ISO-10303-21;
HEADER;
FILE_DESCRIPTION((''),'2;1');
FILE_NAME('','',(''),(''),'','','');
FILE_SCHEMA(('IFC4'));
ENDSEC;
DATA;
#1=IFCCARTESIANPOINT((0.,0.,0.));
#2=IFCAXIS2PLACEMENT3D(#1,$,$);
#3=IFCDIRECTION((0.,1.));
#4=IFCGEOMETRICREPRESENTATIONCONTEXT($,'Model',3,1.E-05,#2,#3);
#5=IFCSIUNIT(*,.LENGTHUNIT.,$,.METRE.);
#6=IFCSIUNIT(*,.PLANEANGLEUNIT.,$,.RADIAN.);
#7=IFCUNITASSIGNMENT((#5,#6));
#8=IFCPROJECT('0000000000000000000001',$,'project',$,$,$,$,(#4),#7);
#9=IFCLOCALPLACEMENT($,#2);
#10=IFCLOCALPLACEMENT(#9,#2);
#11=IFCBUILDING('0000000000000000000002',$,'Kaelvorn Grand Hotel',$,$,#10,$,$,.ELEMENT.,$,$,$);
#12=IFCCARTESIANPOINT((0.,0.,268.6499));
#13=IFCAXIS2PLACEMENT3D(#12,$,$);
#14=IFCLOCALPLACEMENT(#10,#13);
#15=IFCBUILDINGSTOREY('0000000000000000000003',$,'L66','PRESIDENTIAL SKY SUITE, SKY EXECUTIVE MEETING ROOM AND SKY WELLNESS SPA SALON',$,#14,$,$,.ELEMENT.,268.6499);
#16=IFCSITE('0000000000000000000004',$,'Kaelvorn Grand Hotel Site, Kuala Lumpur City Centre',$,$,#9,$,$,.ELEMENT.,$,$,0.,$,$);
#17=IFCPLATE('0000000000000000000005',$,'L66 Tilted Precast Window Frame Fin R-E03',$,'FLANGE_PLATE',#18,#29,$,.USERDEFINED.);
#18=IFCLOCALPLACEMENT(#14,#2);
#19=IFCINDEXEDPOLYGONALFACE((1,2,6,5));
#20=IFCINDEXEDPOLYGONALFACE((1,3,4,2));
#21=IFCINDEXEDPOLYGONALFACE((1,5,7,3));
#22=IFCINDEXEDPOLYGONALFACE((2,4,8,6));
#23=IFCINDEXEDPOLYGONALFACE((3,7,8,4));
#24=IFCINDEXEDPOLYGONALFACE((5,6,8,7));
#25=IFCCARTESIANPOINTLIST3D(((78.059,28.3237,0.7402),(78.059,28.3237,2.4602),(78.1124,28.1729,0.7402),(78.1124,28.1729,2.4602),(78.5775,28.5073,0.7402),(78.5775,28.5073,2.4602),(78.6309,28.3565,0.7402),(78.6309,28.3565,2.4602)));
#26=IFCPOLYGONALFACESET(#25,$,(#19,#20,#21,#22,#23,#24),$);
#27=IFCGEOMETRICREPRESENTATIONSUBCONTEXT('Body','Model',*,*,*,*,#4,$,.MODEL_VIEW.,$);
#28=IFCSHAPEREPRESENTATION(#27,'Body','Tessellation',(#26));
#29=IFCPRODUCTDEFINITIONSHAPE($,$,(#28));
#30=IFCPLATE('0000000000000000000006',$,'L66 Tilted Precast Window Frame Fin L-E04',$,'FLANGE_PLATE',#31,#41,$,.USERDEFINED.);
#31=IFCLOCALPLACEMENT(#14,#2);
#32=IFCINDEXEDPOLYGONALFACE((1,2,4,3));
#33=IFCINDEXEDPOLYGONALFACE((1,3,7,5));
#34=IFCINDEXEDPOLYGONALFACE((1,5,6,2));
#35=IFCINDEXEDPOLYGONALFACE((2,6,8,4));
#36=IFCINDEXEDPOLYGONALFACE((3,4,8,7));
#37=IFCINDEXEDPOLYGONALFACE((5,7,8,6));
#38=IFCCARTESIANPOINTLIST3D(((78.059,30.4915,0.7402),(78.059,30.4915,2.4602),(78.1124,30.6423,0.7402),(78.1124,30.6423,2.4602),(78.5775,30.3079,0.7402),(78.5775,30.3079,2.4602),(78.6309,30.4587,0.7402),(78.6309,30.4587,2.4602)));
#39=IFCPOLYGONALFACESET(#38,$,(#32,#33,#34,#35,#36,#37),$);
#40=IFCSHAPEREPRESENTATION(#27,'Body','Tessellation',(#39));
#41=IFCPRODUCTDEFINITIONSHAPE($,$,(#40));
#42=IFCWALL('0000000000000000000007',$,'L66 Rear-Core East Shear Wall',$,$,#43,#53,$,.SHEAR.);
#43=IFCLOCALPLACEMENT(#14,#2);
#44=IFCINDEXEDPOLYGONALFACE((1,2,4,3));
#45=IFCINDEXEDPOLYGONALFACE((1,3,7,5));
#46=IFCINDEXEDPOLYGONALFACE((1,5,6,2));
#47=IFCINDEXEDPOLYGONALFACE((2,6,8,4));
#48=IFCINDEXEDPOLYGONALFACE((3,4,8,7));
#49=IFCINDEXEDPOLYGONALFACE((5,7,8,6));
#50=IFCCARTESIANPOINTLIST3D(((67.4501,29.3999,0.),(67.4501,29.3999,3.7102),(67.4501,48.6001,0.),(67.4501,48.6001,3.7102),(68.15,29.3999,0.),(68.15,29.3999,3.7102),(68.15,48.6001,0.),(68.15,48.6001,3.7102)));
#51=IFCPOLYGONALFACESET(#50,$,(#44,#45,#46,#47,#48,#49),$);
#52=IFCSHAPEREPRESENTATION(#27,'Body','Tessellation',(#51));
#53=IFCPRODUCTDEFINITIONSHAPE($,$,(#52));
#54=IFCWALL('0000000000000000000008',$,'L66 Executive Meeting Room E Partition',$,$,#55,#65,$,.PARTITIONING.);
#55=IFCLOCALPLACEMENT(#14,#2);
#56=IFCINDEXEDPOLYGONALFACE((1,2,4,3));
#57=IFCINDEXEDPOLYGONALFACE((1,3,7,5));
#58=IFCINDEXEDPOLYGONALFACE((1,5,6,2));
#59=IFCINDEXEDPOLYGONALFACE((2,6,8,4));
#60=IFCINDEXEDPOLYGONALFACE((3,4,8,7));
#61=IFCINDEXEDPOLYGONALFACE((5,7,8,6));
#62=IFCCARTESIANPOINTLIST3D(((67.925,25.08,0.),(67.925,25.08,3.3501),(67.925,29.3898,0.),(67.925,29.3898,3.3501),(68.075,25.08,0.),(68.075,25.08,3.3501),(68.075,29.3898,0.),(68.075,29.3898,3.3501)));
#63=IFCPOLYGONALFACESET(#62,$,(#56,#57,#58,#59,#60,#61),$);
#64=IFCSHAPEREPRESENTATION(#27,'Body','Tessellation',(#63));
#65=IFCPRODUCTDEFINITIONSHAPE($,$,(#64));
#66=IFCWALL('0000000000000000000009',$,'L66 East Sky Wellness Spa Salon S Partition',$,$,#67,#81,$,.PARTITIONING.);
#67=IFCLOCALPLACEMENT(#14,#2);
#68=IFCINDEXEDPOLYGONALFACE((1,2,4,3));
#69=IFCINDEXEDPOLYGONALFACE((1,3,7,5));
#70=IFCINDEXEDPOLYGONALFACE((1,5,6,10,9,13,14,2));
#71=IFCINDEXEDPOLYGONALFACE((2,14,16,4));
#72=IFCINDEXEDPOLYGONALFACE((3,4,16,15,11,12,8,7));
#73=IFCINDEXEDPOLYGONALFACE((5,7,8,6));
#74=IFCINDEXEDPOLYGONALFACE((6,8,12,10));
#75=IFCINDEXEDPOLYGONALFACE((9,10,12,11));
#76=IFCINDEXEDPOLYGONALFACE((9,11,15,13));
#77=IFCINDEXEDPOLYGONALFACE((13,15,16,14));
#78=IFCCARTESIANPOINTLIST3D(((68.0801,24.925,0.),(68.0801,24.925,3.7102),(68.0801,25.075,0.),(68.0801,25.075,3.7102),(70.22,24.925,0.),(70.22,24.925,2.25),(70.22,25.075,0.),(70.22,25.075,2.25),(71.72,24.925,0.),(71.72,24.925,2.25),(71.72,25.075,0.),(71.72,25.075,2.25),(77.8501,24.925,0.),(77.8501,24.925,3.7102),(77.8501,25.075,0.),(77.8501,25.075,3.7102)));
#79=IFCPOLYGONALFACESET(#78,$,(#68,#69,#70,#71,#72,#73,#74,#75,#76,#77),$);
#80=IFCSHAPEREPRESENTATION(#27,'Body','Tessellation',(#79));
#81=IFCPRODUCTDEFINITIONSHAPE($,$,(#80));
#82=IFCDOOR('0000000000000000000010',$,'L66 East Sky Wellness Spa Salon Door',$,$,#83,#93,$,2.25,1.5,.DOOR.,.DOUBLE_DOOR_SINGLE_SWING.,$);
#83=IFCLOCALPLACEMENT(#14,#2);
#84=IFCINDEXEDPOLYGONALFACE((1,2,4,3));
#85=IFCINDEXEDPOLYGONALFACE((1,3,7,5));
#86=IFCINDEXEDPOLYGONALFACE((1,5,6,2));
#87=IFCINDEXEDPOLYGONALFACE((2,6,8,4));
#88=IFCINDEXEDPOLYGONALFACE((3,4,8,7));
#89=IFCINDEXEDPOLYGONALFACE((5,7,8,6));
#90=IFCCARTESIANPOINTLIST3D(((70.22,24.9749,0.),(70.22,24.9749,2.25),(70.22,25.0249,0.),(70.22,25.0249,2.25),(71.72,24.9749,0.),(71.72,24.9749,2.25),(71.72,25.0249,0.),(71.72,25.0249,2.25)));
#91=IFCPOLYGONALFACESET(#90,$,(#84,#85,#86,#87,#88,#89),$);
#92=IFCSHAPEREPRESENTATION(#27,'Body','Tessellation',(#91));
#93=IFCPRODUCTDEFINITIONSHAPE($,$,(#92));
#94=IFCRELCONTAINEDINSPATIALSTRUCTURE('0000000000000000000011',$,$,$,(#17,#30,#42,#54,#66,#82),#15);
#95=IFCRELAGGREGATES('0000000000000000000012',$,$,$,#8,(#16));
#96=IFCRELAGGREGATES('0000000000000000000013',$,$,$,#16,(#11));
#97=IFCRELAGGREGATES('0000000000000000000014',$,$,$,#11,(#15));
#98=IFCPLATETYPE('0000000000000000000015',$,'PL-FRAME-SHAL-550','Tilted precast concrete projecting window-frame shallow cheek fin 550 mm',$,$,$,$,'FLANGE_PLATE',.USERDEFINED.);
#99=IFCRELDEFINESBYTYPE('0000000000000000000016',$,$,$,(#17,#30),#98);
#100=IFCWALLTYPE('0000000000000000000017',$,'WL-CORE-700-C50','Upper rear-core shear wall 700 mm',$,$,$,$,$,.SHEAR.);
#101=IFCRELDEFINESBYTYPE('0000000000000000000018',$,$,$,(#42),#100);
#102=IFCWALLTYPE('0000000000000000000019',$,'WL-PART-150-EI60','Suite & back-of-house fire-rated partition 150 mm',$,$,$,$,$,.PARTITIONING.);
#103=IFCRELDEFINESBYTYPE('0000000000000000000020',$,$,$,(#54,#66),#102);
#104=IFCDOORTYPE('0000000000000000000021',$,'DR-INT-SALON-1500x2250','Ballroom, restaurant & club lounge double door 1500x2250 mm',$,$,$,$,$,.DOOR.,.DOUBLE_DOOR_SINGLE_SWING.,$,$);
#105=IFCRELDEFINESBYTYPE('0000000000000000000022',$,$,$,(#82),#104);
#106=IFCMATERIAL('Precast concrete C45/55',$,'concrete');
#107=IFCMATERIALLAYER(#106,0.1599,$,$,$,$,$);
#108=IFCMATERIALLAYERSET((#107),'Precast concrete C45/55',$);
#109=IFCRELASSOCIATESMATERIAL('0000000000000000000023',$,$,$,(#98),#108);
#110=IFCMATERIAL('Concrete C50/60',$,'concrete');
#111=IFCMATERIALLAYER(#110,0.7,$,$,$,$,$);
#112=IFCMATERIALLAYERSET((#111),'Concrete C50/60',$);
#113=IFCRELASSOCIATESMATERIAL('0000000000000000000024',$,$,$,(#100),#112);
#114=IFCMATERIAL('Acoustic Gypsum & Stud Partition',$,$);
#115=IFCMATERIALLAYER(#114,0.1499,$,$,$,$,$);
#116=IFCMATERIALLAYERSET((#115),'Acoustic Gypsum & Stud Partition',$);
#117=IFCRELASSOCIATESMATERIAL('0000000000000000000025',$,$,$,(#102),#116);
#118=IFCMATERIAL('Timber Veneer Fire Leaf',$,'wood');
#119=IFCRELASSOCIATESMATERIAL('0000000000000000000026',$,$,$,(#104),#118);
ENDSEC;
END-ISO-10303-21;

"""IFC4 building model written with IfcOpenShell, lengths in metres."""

from ifc_helpers import new_model, si_unit, direction, frame, frame_2d, origin, origin_2d, place, context, subcontext, project, spatial, rectangle, extrude, material, layer, layer_set, type_object, element, fill, save


model = new_model("IFC4")

# Units and contexts
model_context = context("Model", 3, precision=1e-05, world=origin(), true_north=direction((0.0, 1.0)))
body_context = subcontext(model_context, "Body", "Model", "MODEL_VIEW")
ifc_project = project(units=[si_unit("LENGTHUNIT", "METRE"), si_unit("PLANEANGLEUNIT", "RADIAN")], contexts=[model_context])

# Site, building, storey
site_placement = place(None, origin())
site = spatial("IfcSite", under=ifc_project, at=site_placement, Name="Kaelvorn Grand Hotel Site, Kuala Lumpur City Centre", CompositionType="ELEMENT", RefElevation=0.0)
building_placement = place(site_placement, origin())
building = spatial("IfcBuilding", under=site, at=building_placement, Name="Kaelvorn Grand Hotel", CompositionType="ELEMENT")
storey_placement = place(building_placement, frame((0.0, 0.0, 268.6499)))
storey = spatial("IfcBuildingStorey", under=building, at=storey_placement, Name="L66", Description="PRESIDENTIAL SKY SUITE, SKY EXECUTIVE MEETING ROOM AND SKY WELLNESS SPA SALON", CompositionType="ELEMENT", Elevation=268.6499)

# Shared definitions
ifc_material_1 = material(Name="Concrete C50/60", Category="concrete")

# Plates
ifc_material_2 = material(Name="Precast concrete C45/55", Category="concrete")
ifc_layer_1 = layer(ifc_material_2, 0.1599)
ifc_layer_set_1 = layer_set([ifc_layer_1], Name="Precast concrete C45/55")
plate_type_1 = type_object("IfcPlateType", Name="PL-FRAME-SHAL-550", Description="Tilted precast concrete projecting window-frame shallow cheek fin 550 mm", ElementType="FLANGE_PLATE", PredefinedType="USERDEFINED", material=ifc_layer_set_1)
for number, where, z_axis, x_axis, name in (
    (1, (78.345, 28.3401, 0.7402), (0.0, 0.0, 1.0), (-0.333807, 0.942641, 0.0), "L66 Tilted Precast Window Frame Fin R-E03"),
    (2, (78.345, 30.4751, 0.7402), (0.0, 0.0, 1.0), (0.333807, 0.942641, 0.0), "L66 Tilted Precast Window Frame Fin L-E04"),
):
    element("IfcPlate", number, at=place(storey_placement, frame(where, z_axis=z_axis, x_axis=x_axis)), inside=storey, type_object=plate_type_1, Name=name, ObjectType="FLANGE_PLATE", PredefinedType="USERDEFINED", context=body_context, shape_type="SweptSolid", body=[
        extrude(rectangle(XDim=0.1599, YDim=0.55, at=origin_2d()), origin(), (0.0, 0.0, 1.0), 1.72),
    ])

# Walls
ifc_layer_2 = layer(ifc_material_1, 0.7)
ifc_layer_set_2 = layer_set([ifc_layer_2], Name="Concrete C50/60")
wall_type_1 = type_object("IfcWallType", Name="WL-CORE-700-C50", Description="Upper rear-core shear wall 700 mm", PredefinedType="SHEAR", material=ifc_layer_set_2)
wall_1_placement = place(storey_placement, frame((67.8, 29.3999, 0.0), z_axis=(0.0, 0.0, 1.0), x_axis=(0.0, 1.0, 0.0)))
element("IfcWall", 3, at=wall_1_placement, inside=storey, type_object=wall_type_1, Name="L66 Rear-Core East Shear Wall", PredefinedType="SHEAR", context=body_context, shape_type="SweptSolid", body=[
    extrude(rectangle(XDim=19.2002, YDim=0.7, at=frame_2d((9.6001, 0.0))), origin(), (0.0, 0.0, 1.0), 3.7102),
])
ifc_material_3 = material(Name="Acoustic Gypsum & Stud Partition")
ifc_layer_3 = layer(ifc_material_3, 0.1499)
ifc_layer_set_3 = layer_set([ifc_layer_3], Name="Acoustic Gypsum & Stud Partition")
wall_type_2 = type_object("IfcWallType", Name="WL-PART-150-EI60", Description="Suite & back-of-house fire-rated partition 150 mm", PredefinedType="PARTITIONING", material=ifc_layer_set_3)
wall_2_placement = place(storey_placement, frame((68.0, 25.0801, 0.0), z_axis=(0.0, 0.0, 1.0), x_axis=(0.0, 1.0, 0.0)))
element("IfcWall", 4, at=wall_2_placement, inside=storey, type_object=wall_type_2, Name="L66 Executive Meeting Room E Partition", PredefinedType="PARTITIONING", context=body_context, shape_type="SweptSolid", body=[
    extrude(rectangle(XDim=4.3098, YDim=0.1499, at=frame_2d((2.1548, 0.0))), origin(), (0.0, 0.0, 1.0), 3.3501),
])

# Wall, opening, door
wall_3_placement = place(storey_placement, frame((68.0801, 25.0, 0.0), z_axis=(0.0, 0.0, 1.0), x_axis=(1.0, 0.0, 0.0)))
wall_3 = element("IfcWall", 5, at=wall_3_placement, inside=storey, type_object=wall_type_2, Name="L66 East Sky Wellness Spa Salon S Partition", PredefinedType="PARTITIONING", context=body_context, shape_type="SweptSolid", body=[
    extrude(rectangle(XDim=9.77, YDim=0.1499, at=frame_2d((4.885, 0.0))), origin(), (0.0, 0.0, 1.0), 3.7102),
])
opening_placement = place(wall_3_placement, frame((2.1399, 0.0, 0.0)))
opening = element("IfcOpeningElement", 6, at=opening_placement, cuts=wall_3, PredefinedType="OPENING", context=body_context, shape_type="SweptSolid", body=[
    extrude(rectangle(XDim=1.5, YDim=2.25, at=frame_2d((0.75, 1.125))), frame((0.0, 0.085, 0.0), z_axis=(0.0, -1.0, 0.0), x_axis=(1.0, 0.0, 0.0)), (0.0, 0.0, 1.0), 0.1699),
])
ifc_material_4 = material(Name="Timber Veneer Fire Leaf", Category="wood")
door_type = type_object("IfcDoorType", Name="DR-INT-SALON-1500x2250", Description="Ballroom, restaurant & club lounge double door 1500x2250 mm", OperationType="DOUBLE_DOOR_SINGLE_SWING", PredefinedType="DOOR", material=ifc_material_4)
door_placement = place(opening_placement, origin())
door = element("IfcDoor", 7, at=door_placement, inside=storey, type_object=door_type, Name="L66 East Sky Wellness Spa Salon Door", OperationType="DOUBLE_DOOR_SINGLE_SWING", OverallHeight=2.25, OverallWidth=1.5, PredefinedType="DOOR", context=body_context, shape_type="SweptSolid", body=[
    extrude(rectangle(XDim=1.5, YDim=2.25, at=frame_2d((0.75, 1.125))), frame((0.0, 0.0249, 0.0), z_axis=(0.0, -1.0, 0.0), x_axis=(1.0, 0.0, 0.0)), (0.0, 0.0, 1.0), 0.05),
])
fill(opening, door)

save(model, "model.ifc")
